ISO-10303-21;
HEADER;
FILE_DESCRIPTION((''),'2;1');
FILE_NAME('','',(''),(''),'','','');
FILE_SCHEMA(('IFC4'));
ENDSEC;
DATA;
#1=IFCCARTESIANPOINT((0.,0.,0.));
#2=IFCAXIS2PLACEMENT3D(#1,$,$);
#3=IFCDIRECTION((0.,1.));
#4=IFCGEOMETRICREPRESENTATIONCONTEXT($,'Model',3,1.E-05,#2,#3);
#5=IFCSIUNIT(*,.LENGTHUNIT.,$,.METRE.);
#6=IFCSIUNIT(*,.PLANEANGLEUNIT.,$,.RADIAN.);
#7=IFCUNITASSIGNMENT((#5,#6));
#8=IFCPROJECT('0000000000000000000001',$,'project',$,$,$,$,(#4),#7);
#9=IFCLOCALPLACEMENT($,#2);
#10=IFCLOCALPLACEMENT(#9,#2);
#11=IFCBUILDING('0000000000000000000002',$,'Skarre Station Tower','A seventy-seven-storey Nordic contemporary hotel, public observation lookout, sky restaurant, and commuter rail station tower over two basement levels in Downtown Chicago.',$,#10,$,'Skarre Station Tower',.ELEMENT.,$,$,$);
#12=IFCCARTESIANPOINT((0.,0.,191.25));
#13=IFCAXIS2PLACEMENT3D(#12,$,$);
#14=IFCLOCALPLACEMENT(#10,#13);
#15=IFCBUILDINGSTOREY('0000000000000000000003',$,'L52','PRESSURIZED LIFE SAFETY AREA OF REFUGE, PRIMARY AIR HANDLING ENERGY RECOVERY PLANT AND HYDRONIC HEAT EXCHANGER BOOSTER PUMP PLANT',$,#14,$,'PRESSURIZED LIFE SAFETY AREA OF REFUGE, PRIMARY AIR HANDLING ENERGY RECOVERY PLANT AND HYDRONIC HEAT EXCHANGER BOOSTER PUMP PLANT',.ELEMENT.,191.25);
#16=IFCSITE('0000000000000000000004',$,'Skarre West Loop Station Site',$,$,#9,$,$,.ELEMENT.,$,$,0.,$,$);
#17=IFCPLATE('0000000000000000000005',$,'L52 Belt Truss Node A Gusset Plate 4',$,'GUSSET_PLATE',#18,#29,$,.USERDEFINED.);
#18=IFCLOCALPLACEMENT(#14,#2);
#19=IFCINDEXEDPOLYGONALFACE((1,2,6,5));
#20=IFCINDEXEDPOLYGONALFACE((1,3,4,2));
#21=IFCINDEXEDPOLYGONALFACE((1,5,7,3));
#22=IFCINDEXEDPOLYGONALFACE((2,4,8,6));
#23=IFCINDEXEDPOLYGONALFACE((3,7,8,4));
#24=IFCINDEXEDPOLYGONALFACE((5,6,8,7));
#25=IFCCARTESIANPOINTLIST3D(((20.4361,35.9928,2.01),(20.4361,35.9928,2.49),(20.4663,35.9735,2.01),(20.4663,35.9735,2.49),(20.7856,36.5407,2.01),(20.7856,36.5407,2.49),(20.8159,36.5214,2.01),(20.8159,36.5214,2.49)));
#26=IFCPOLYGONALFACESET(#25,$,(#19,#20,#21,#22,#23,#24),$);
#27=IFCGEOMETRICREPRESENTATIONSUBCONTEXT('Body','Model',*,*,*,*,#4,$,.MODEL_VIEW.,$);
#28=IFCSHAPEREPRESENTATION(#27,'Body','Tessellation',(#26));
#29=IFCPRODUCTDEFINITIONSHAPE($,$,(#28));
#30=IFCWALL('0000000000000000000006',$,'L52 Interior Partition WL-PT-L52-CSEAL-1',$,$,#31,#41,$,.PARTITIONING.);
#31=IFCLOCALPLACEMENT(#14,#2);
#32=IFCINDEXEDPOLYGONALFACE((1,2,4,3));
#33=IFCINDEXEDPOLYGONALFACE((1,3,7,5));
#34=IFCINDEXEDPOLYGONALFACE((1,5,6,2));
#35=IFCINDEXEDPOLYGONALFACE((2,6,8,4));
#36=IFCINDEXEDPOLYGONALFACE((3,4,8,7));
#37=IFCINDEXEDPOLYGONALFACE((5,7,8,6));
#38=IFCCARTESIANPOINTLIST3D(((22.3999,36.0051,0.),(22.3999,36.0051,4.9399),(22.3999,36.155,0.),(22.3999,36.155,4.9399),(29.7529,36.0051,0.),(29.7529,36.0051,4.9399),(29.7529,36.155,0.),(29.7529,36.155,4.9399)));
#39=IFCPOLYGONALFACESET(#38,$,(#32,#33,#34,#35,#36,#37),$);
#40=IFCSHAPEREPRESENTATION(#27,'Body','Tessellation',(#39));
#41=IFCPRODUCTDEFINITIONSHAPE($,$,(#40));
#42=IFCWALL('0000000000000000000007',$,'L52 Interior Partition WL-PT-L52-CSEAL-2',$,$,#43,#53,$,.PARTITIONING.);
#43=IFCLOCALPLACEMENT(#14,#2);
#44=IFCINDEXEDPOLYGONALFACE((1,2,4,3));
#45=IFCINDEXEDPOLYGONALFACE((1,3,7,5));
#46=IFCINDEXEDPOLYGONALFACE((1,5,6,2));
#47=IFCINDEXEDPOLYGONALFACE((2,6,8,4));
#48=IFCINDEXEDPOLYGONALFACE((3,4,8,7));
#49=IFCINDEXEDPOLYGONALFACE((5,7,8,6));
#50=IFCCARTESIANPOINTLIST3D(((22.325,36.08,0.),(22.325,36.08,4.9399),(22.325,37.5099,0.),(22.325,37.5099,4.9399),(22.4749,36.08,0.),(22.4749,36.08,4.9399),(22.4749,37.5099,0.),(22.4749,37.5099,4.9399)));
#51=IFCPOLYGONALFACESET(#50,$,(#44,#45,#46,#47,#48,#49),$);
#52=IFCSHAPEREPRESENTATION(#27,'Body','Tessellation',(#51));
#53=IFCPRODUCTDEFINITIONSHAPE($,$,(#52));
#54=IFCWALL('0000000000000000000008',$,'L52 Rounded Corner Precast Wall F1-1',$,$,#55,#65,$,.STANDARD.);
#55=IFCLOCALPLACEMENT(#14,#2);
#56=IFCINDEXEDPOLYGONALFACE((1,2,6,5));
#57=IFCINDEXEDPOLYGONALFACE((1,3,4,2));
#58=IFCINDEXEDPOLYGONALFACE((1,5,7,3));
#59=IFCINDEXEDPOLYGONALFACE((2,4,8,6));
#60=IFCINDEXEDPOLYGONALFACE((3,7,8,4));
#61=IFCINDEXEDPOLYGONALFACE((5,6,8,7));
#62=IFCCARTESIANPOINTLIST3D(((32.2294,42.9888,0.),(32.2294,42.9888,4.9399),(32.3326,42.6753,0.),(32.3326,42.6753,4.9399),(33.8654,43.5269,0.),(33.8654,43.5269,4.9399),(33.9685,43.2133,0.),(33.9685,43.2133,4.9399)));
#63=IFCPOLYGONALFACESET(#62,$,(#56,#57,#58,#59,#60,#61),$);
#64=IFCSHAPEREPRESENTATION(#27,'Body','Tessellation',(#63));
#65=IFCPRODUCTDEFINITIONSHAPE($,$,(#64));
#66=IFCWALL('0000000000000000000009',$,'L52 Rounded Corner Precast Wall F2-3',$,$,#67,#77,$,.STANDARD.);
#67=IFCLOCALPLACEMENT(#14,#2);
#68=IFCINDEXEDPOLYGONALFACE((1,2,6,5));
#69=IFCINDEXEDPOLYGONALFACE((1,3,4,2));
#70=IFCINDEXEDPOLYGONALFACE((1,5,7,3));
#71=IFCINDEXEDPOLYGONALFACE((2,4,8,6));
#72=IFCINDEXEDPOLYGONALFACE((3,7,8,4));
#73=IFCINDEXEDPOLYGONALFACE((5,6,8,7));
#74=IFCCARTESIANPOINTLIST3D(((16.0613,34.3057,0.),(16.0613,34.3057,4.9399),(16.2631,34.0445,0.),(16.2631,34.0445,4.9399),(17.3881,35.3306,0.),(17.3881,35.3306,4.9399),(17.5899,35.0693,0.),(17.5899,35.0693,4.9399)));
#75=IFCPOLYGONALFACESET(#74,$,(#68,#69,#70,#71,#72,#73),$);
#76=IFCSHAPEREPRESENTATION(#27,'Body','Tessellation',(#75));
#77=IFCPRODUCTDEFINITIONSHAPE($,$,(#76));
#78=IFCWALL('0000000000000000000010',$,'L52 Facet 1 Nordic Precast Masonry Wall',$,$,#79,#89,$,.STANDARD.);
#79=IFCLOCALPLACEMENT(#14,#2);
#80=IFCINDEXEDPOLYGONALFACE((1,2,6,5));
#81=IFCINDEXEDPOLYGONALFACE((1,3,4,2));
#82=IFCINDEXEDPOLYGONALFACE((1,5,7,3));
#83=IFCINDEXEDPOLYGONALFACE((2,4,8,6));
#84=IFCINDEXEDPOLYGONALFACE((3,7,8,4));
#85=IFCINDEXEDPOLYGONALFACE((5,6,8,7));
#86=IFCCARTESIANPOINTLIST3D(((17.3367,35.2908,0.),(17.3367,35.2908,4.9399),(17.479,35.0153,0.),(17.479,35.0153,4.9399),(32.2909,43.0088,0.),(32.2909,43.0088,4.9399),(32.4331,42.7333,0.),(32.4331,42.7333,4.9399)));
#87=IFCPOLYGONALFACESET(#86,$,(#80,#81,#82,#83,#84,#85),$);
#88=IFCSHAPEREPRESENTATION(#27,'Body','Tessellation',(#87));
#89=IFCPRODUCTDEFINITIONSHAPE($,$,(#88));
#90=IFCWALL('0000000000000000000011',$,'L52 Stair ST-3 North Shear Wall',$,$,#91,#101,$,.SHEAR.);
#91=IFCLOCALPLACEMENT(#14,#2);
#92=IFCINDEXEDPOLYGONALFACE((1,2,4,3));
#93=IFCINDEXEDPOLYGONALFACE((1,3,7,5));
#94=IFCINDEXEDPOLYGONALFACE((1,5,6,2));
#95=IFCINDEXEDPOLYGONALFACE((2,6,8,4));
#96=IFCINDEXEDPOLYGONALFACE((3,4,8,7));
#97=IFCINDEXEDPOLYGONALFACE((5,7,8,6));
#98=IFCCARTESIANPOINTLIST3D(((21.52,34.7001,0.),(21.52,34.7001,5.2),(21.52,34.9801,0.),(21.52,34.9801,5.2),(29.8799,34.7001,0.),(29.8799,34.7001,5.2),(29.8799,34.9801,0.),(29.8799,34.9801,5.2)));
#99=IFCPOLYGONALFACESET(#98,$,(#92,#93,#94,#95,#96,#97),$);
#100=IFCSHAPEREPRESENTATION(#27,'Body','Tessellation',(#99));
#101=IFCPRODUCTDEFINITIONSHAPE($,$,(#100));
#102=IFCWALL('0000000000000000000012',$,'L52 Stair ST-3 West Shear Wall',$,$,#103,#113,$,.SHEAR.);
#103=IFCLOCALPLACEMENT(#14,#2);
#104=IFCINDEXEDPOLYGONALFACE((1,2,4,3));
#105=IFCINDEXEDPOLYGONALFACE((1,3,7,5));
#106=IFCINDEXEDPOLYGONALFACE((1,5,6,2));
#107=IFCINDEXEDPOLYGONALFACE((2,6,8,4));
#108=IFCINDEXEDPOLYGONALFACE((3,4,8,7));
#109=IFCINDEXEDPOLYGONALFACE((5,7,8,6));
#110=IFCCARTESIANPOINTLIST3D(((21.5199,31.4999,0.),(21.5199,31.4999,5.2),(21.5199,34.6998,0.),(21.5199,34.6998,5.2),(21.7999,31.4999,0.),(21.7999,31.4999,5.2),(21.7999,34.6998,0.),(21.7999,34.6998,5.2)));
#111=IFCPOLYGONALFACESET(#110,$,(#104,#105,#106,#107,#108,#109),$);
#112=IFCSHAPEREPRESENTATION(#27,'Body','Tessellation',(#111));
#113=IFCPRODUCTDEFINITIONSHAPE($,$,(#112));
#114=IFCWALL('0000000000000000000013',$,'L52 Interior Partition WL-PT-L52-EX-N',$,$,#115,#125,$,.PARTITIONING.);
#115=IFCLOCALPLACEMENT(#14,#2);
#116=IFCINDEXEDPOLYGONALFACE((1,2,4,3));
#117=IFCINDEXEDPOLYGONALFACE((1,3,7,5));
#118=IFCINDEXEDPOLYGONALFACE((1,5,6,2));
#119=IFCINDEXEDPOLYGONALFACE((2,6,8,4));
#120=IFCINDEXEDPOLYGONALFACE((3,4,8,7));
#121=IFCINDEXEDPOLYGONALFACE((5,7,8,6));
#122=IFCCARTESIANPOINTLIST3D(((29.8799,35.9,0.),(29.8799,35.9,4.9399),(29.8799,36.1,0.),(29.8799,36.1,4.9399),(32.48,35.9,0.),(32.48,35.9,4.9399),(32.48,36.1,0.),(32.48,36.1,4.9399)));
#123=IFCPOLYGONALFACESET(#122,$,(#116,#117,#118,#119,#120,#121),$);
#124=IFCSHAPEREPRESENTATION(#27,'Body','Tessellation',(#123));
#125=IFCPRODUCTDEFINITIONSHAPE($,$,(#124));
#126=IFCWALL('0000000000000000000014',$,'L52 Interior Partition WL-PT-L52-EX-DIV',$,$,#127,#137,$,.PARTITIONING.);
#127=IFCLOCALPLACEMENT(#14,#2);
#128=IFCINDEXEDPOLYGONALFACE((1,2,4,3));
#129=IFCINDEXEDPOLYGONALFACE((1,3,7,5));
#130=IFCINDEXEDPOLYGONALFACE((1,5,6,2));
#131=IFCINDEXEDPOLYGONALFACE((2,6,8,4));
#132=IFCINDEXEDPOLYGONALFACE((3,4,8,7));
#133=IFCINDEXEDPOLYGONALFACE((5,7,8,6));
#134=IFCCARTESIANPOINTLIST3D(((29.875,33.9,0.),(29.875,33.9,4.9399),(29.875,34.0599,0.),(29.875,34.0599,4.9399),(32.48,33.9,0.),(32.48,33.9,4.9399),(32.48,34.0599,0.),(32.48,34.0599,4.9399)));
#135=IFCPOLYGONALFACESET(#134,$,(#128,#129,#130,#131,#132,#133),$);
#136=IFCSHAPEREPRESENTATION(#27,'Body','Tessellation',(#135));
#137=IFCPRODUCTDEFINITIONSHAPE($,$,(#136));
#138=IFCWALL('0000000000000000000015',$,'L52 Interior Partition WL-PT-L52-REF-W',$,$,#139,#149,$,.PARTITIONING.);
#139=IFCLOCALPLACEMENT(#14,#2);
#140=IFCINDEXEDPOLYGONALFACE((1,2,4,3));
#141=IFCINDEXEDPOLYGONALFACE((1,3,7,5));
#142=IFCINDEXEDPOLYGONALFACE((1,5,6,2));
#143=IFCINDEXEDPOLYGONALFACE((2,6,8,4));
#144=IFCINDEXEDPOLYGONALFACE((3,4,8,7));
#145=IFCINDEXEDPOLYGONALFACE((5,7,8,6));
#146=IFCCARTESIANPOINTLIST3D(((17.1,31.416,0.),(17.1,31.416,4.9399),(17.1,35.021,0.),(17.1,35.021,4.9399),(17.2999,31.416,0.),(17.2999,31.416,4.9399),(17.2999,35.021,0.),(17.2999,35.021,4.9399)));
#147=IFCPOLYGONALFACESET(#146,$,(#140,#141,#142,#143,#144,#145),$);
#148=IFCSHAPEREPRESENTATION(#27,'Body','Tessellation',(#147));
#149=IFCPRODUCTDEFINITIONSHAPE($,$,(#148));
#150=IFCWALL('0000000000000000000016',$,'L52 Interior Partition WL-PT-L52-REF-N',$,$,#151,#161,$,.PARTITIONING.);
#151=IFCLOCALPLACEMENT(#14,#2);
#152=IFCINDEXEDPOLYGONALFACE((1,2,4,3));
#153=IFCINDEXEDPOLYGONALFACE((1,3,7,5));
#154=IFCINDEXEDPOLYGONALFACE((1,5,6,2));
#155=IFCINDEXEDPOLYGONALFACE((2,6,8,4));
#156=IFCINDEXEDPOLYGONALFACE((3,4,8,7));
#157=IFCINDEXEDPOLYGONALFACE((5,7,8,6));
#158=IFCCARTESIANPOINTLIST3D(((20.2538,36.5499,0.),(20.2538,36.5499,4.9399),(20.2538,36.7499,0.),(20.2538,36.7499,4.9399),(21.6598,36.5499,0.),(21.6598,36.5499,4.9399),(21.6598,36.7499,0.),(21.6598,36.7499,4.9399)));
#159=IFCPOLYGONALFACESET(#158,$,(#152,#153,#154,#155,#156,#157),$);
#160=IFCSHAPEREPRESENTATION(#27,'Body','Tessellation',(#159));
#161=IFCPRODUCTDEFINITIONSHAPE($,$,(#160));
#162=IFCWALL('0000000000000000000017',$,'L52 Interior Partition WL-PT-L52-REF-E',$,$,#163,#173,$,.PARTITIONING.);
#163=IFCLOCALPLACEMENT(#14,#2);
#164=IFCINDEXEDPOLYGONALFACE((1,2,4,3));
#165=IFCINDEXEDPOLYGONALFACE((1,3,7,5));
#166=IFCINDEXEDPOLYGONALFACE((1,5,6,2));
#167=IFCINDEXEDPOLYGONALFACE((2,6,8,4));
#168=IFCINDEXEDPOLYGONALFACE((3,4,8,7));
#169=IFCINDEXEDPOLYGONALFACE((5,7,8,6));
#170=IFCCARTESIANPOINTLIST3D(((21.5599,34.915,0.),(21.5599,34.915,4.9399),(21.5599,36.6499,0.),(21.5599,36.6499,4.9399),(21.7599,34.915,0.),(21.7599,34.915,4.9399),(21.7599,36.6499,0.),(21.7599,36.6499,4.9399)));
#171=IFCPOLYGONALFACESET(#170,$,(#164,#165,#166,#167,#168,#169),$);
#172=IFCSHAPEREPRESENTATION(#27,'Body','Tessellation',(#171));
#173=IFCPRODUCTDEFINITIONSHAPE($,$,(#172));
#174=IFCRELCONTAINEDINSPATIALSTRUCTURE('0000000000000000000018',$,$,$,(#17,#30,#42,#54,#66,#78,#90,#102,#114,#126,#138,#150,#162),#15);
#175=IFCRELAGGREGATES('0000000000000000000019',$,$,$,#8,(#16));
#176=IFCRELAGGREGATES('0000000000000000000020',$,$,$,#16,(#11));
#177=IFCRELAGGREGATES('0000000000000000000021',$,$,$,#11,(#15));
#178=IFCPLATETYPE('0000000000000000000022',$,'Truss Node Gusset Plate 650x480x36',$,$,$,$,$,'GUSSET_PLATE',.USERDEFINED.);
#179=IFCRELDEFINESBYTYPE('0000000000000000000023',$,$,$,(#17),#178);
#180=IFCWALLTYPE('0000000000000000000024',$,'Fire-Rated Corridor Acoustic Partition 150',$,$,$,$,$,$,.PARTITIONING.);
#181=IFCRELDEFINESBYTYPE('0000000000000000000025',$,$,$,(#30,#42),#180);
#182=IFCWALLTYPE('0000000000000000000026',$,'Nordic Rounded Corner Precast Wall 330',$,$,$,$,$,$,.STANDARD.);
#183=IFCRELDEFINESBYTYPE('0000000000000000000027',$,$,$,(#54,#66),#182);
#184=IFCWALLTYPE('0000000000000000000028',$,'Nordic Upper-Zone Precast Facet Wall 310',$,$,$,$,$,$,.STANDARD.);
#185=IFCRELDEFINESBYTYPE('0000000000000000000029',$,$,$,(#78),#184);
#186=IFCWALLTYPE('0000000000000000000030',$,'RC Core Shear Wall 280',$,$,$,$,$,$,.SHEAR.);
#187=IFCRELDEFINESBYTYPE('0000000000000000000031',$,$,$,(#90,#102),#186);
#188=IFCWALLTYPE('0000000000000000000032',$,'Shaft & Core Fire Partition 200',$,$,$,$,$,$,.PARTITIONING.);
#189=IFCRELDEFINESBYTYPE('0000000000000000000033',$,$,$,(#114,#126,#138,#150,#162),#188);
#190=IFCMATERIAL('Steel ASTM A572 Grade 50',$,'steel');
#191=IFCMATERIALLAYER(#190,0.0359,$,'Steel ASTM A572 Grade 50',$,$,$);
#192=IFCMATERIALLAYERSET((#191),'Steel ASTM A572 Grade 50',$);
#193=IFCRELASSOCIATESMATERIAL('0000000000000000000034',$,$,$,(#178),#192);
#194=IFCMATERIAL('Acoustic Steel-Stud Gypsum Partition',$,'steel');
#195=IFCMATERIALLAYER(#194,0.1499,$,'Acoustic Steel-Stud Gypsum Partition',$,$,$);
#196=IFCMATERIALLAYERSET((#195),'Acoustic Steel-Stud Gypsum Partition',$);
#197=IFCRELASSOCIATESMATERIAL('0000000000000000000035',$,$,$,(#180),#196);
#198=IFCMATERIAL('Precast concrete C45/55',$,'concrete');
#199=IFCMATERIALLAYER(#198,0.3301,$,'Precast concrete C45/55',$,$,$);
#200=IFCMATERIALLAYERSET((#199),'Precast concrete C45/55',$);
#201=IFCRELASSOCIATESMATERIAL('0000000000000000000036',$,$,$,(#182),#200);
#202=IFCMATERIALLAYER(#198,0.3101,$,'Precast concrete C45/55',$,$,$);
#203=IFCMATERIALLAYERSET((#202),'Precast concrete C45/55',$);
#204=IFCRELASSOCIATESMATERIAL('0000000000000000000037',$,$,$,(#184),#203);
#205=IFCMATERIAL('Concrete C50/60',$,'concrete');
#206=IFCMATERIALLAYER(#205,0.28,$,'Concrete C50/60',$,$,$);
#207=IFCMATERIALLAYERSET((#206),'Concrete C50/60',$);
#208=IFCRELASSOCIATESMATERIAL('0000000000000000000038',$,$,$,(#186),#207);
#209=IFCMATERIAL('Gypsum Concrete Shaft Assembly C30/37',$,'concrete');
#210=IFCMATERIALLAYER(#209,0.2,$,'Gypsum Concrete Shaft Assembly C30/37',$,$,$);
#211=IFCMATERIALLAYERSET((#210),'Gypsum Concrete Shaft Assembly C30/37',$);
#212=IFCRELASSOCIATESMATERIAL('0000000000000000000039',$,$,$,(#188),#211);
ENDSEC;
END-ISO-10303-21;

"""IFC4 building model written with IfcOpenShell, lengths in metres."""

from ifc_helpers import new_model, si_unit, direction, frame, frame_2d, origin, origin_2d, place, context, subcontext, project, spatial, rectangle, extrude, material, layer, layer_set, type_object, element, save


model = new_model("IFC4")

# Units and contexts
model_context = context("Model", 3, precision=1e-05, world=origin(), true_north=direction((0.0, 1.0)))
body_context = subcontext(model_context, "Body", "Model", "MODEL_VIEW")
ifc_project = project(units=[si_unit("LENGTHUNIT", "METRE"), si_unit("PLANEANGLEUNIT", "RADIAN")], contexts=[model_context])

# Site, building, storey
site_placement = place(None, origin())
site = spatial("IfcSite", under=ifc_project, at=site_placement, Name="Skarre West Loop Station Site", CompositionType="ELEMENT", RefElevation=0.0)
building_placement = place(site_placement, origin())
building = spatial("IfcBuilding", under=site, at=building_placement, Name="Skarre Station Tower", Description="A seventy-seven-storey Nordic contemporary hotel, public observation lookout, sky restaurant, and commuter rail station tower over two basement levels in Downtown Chicago.", LongName="Skarre Station Tower", CompositionType="ELEMENT")
storey_placement = place(building_placement, frame((0.0, 0.0, 191.25)))
storey = spatial("IfcBuildingStorey", under=building, at=storey_placement, Name="L52", Description="PRESSURIZED LIFE SAFETY AREA OF REFUGE, PRIMARY AIR HANDLING ENERGY RECOVERY PLANT AND HYDRONIC HEAT EXCHANGER BOOSTER PUMP PLANT", LongName="PRESSURIZED LIFE SAFETY AREA OF REFUGE, PRIMARY AIR HANDLING ENERGY RECOVERY PLANT AND HYDRONIC HEAT EXCHANGER BOOSTER PUMP PLANT", CompositionType="ELEMENT", Elevation=191.25)

# Shared definitions
ifc_material_1 = material(Name="Concrete C50/60", Category="concrete")

# Plate
ifc_material_2 = material(Name="Steel ASTM A572 Grade 50", Category="steel")
ifc_layer_1 = layer(ifc_material_2, 0.0359, Name="Steel ASTM A572 Grade 50")
ifc_layer_set_1 = layer_set([ifc_layer_1], Name="Steel ASTM A572 Grade 50")
plate_type_1 = type_object("IfcPlateType", Name="Truss Node Gusset Plate 650x480x36", ElementType="GUSSET_PLATE", PredefinedType="USERDEFINED", material=ifc_layer_set_1)
for number, where, z_axis, x_axis, name in (
    (1, (20.626, 36.2571, 2.01), (0.0, 0.0, 1.0), (-0.537829, -0.843054, 0.0), "L52 Belt Truss Node A Gusset Plate 4"),
):
    element("IfcPlate", number, at=place(storey_placement, frame(where, z_axis=z_axis, x_axis=x_axis)), inside=storey, type_object=plate_type_1, Name=name, ObjectType="GUSSET_PLATE", PredefinedType="USERDEFINED", context=body_context, shape_type="SweptSolid", body=[
        extrude(rectangle(XDim=0.6499, YDim=0.0359, at=origin_2d()), origin(), (0.0, 0.0, 1.0), 0.48),
    ])

# Walls
ifc_material_3 = material(Name="Acoustic Steel-Stud Gypsum Partition", Category="steel")
ifc_layer_2 = layer(ifc_material_3, 0.1499, Name="Acoustic Steel-Stud Gypsum Partition")
ifc_layer_set_2 = layer_set([ifc_layer_2], Name="Acoustic Steel-Stud Gypsum Partition")
wall_type_1 = type_object("IfcWallType", Name="Fire-Rated Corridor Acoustic Partition 150", PredefinedType="PARTITIONING", material=ifc_layer_set_2)
wall_1_placement = place(storey_placement, frame((29.7529, 36.0801, 0.0), z_axis=(0.0, 0.0, 1.0), x_axis=(-1.0, 0.0, 0.0)))
element("IfcWall", 2, at=wall_1_placement, inside=storey, type_object=wall_type_1, Name="L52 Interior Partition WL-PT-L52-CSEAL-1", PredefinedType="PARTITIONING", context=body_context, shape_type="SweptSolid", body=[
    extrude(rectangle(XDim=7.353, YDim=0.1499, at=frame_2d((3.6765, 0.0))), origin(), (0.0, 0.0, 1.0), 4.9399),
])
wall_2_placement = place(storey_placement, frame((22.3999, 36.0801, 0.0), z_axis=(0.0, 0.0, 1.0), x_axis=(0.0, 1.0, 0.0)))
element("IfcWall", 3, at=wall_2_placement, inside=storey, type_object=wall_type_1, Name="L52 Interior Partition WL-PT-L52-CSEAL-2", PredefinedType="PARTITIONING", context=body_context, shape_type="SweptSolid", body=[
    extrude(rectangle(XDim=1.4299, YDim=0.1499, at=frame_2d((0.7148, 0.0))), origin(), (0.0, 0.0, 1.0), 4.9399),
])
ifc_material_4 = material(Name="Precast concrete C45/55", Category="concrete")
ifc_layer_3 = layer(ifc_material_4, 0.3301, Name="Precast concrete C45/55")
ifc_layer_set_3 = layer_set([ifc_layer_3], Name="Precast concrete C45/55")
wall_type_2 = type_object("IfcWallType", Name="Nordic Rounded Corner Precast Wall 330", PredefinedType="STANDARD", material=ifc_layer_set_3)
wall_3_placement = place(storey_placement, frame((32.281, 42.832, 0.0), z_axis=(0.0, 0.0, 1.0), x_axis=(0.949937, 0.31244, 0.0)))
element("IfcWall", 4, at=wall_3_placement, inside=storey, type_object=wall_type_2, Name="L52 Rounded Corner Precast Wall F1-1", PredefinedType="STANDARD", context=body_context, shape_type="SweptSolid", body=[
    extrude(rectangle(XDim=1.7222, YDim=0.3301, at=frame_2d((0.8611, 0.0))), origin(), (0.0, 0.0, 1.0), 4.9399),
])
wall_4_placement = place(storey_placement, frame((16.1621, 34.175, 0.0), z_axis=(0.0, 0.0, 1.0), x_axis=(0.79141, 0.611286, 0.0)))
element("IfcWall", 5, at=wall_4_placement, inside=storey, type_object=wall_type_2, Name="L52 Rounded Corner Precast Wall F2-3", PredefinedType="STANDARD", context=body_context, shape_type="SweptSolid", body=[
    extrude(rectangle(XDim=1.6765, YDim=0.3301, at=frame_2d((0.8384, 0.0))), origin(), (0.0, 0.0, 1.0), 4.9399),
])
ifc_layer_4 = layer(ifc_material_4, 0.3101, Name="Precast concrete C45/55")
ifc_layer_set_4 = layer_set([ifc_layer_4], Name="Precast concrete C45/55")
wall_type_3 = type_object("IfcWallType", Name="Nordic Upper-Zone Precast Facet Wall 310", PredefinedType="STANDARD", material=ifc_layer_set_4)
wall_5_placement = place(storey_placement, frame((17.408, 35.1531, 0.0), z_axis=(0.0, 0.0, 1.0), x_axis=(0.888626, 0.458632, 0.0)))
element("IfcWall", 6, at=wall_5_placement, inside=storey, type_object=wall_type_3, Name="L52 Facet 1 Nordic Precast Masonry Wall", PredefinedType="STANDARD", context=body_context, shape_type="SweptSolid", body=[
    extrude(rectangle(XDim=16.8284, YDim=0.3101, at=frame_2d((8.4141, 0.0))), origin(), (0.0, 0.0, 1.0), 4.9399),
])
ifc_layer_5 = layer(ifc_material_1, 0.28, Name="Concrete C50/60")
ifc_layer_set_5 = layer_set([ifc_layer_5], Name="Concrete C50/60")
wall_type_4 = type_object("IfcWallType", Name="RC Core Shear Wall 280", PredefinedType="SHEAR", material=ifc_layer_set_5)
wall_6_placement = place(storey_placement, frame((29.8799, 34.8401, 0.0), z_axis=(0.0, 0.0, 1.0), x_axis=(-1.0, 0.0, 0.0)))
element("IfcWall", 7, at=wall_6_placement, inside=storey, type_object=wall_type_4, Name="L52 Stair ST-3 North Shear Wall", PredefinedType="SHEAR", context=body_context, shape_type="SweptSolid", body=[
    extrude(rectangle(XDim=8.3599, YDim=0.28, at=frame_2d((4.1799, 0.0))), origin(), (0.0, 0.0, 1.0), 5.2),
])
wall_7_placement = place(storey_placement, frame((21.6599, 34.7, 0.0), z_axis=(0.0, 0.0, 1.0), x_axis=(0.0, -1.0, 0.0)))
element("IfcWall", 8, at=wall_7_placement, inside=storey, type_object=wall_type_4, Name="L52 Stair ST-3 West Shear Wall", PredefinedType="SHEAR", context=body_context, shape_type="SweptSolid", body=[
    extrude(rectangle(XDim=3.2, YDim=0.28, at=frame_2d((1.6001, 0.0))), origin(), (0.0, 0.0, 1.0), 5.2),
])
ifc_material_5 = material(Name="Gypsum Concrete Shaft Assembly C30/37", Category="concrete")
ifc_layer_6 = layer(ifc_material_5, 0.2, Name="Gypsum Concrete Shaft Assembly C30/37")
ifc_layer_set_6 = layer_set([ifc_layer_6], Name="Gypsum Concrete Shaft Assembly C30/37")
wall_type_5 = type_object("IfcWallType", Name="Shaft & Core Fire Partition 200", PredefinedType="PARTITIONING", material=ifc_layer_set_6)
wall_8_placement = place(storey_placement, frame((29.8799, 36.0, 0.0), z_axis=(0.0, 0.0, 1.0), x_axis=(1.0, 0.0, 0.0)))
element("IfcWall", 9, at=wall_8_placement, inside=storey, type_object=wall_type_5, Name="L52 Interior Partition WL-PT-L52-EX-N", PredefinedType="PARTITIONING", context=body_context, shape_type="SweptSolid", body=[
    extrude(rectangle(XDim=2.6001, YDim=0.2, at=frame_2d((1.3, 0.0))), origin(), (0.0, 0.0, 1.0), 4.9399),
])
wall_9_placement = place(storey_placement, frame((29.875, 33.98, 0.0), z_axis=(0.0, 0.0, 1.0), x_axis=(1.0, 0.0, 0.0)))
element("IfcWall", 10, at=wall_9_placement, inside=storey, type_object=wall_type_5, Name="L52 Interior Partition WL-PT-L52-EX-DIV", PredefinedType="PARTITIONING", context=body_context, shape_type="SweptSolid", body=[
    extrude(rectangle(XDim=2.605, YDim=0.1599, at=frame_2d((1.3025, 0.0))), origin(), (0.0, 0.0, 1.0), 4.9399),
])
wall_10_placement = place(storey_placement, frame((17.2, 35.021, 0.0), z_axis=(0.0, 0.0, 1.0), x_axis=(0.0, -1.0, 0.0)))
element("IfcWall", 11, at=wall_10_placement, inside=storey, type_object=wall_type_5, Name="L52 Interior Partition WL-PT-L52-REF-W", PredefinedType="PARTITIONING", context=body_context, shape_type="SweptSolid", body=[
    extrude(rectangle(XDim=3.605, YDim=0.2, at=frame_2d((1.8025, 0.0))), origin(), (0.0, 0.0, 1.0), 4.9399),
])
wall_11_placement = place(storey_placement, frame((21.6599, 36.6499, 0.0), z_axis=(0.0, 0.0, 1.0), x_axis=(-1.0, 0.0, 0.0)))
element("IfcWall", 12, at=wall_11_placement, inside=storey, type_object=wall_type_5, Name="L52 Interior Partition WL-PT-L52-REF-N", PredefinedType="PARTITIONING", context=body_context, shape_type="SweptSolid", body=[
    extrude(rectangle(XDim=1.406, YDim=0.2, at=frame_2d((0.7031, 0.0))), origin(), (0.0, 0.0, 1.0), 4.9399),
])
wall_12_placement = place(storey_placement, frame((21.6599, 34.915, 0.0), z_axis=(0.0, 0.0, 1.0), x_axis=(0.0, 1.0, 0.0)))
element("IfcWall", 13, at=wall_12_placement, inside=storey, type_object=wall_type_5, Name="L52 Interior Partition WL-PT-L52-REF-E", PredefinedType="PARTITIONING", context=body_context, shape_type="SweptSolid", body=[
    extrude(rectangle(XDim=1.7349, YDim=0.2, at=frame_2d((0.8674, 0.0))), origin(), (0.0, 0.0, 1.0), 4.9399),
])

save(model, "model.ifc")
